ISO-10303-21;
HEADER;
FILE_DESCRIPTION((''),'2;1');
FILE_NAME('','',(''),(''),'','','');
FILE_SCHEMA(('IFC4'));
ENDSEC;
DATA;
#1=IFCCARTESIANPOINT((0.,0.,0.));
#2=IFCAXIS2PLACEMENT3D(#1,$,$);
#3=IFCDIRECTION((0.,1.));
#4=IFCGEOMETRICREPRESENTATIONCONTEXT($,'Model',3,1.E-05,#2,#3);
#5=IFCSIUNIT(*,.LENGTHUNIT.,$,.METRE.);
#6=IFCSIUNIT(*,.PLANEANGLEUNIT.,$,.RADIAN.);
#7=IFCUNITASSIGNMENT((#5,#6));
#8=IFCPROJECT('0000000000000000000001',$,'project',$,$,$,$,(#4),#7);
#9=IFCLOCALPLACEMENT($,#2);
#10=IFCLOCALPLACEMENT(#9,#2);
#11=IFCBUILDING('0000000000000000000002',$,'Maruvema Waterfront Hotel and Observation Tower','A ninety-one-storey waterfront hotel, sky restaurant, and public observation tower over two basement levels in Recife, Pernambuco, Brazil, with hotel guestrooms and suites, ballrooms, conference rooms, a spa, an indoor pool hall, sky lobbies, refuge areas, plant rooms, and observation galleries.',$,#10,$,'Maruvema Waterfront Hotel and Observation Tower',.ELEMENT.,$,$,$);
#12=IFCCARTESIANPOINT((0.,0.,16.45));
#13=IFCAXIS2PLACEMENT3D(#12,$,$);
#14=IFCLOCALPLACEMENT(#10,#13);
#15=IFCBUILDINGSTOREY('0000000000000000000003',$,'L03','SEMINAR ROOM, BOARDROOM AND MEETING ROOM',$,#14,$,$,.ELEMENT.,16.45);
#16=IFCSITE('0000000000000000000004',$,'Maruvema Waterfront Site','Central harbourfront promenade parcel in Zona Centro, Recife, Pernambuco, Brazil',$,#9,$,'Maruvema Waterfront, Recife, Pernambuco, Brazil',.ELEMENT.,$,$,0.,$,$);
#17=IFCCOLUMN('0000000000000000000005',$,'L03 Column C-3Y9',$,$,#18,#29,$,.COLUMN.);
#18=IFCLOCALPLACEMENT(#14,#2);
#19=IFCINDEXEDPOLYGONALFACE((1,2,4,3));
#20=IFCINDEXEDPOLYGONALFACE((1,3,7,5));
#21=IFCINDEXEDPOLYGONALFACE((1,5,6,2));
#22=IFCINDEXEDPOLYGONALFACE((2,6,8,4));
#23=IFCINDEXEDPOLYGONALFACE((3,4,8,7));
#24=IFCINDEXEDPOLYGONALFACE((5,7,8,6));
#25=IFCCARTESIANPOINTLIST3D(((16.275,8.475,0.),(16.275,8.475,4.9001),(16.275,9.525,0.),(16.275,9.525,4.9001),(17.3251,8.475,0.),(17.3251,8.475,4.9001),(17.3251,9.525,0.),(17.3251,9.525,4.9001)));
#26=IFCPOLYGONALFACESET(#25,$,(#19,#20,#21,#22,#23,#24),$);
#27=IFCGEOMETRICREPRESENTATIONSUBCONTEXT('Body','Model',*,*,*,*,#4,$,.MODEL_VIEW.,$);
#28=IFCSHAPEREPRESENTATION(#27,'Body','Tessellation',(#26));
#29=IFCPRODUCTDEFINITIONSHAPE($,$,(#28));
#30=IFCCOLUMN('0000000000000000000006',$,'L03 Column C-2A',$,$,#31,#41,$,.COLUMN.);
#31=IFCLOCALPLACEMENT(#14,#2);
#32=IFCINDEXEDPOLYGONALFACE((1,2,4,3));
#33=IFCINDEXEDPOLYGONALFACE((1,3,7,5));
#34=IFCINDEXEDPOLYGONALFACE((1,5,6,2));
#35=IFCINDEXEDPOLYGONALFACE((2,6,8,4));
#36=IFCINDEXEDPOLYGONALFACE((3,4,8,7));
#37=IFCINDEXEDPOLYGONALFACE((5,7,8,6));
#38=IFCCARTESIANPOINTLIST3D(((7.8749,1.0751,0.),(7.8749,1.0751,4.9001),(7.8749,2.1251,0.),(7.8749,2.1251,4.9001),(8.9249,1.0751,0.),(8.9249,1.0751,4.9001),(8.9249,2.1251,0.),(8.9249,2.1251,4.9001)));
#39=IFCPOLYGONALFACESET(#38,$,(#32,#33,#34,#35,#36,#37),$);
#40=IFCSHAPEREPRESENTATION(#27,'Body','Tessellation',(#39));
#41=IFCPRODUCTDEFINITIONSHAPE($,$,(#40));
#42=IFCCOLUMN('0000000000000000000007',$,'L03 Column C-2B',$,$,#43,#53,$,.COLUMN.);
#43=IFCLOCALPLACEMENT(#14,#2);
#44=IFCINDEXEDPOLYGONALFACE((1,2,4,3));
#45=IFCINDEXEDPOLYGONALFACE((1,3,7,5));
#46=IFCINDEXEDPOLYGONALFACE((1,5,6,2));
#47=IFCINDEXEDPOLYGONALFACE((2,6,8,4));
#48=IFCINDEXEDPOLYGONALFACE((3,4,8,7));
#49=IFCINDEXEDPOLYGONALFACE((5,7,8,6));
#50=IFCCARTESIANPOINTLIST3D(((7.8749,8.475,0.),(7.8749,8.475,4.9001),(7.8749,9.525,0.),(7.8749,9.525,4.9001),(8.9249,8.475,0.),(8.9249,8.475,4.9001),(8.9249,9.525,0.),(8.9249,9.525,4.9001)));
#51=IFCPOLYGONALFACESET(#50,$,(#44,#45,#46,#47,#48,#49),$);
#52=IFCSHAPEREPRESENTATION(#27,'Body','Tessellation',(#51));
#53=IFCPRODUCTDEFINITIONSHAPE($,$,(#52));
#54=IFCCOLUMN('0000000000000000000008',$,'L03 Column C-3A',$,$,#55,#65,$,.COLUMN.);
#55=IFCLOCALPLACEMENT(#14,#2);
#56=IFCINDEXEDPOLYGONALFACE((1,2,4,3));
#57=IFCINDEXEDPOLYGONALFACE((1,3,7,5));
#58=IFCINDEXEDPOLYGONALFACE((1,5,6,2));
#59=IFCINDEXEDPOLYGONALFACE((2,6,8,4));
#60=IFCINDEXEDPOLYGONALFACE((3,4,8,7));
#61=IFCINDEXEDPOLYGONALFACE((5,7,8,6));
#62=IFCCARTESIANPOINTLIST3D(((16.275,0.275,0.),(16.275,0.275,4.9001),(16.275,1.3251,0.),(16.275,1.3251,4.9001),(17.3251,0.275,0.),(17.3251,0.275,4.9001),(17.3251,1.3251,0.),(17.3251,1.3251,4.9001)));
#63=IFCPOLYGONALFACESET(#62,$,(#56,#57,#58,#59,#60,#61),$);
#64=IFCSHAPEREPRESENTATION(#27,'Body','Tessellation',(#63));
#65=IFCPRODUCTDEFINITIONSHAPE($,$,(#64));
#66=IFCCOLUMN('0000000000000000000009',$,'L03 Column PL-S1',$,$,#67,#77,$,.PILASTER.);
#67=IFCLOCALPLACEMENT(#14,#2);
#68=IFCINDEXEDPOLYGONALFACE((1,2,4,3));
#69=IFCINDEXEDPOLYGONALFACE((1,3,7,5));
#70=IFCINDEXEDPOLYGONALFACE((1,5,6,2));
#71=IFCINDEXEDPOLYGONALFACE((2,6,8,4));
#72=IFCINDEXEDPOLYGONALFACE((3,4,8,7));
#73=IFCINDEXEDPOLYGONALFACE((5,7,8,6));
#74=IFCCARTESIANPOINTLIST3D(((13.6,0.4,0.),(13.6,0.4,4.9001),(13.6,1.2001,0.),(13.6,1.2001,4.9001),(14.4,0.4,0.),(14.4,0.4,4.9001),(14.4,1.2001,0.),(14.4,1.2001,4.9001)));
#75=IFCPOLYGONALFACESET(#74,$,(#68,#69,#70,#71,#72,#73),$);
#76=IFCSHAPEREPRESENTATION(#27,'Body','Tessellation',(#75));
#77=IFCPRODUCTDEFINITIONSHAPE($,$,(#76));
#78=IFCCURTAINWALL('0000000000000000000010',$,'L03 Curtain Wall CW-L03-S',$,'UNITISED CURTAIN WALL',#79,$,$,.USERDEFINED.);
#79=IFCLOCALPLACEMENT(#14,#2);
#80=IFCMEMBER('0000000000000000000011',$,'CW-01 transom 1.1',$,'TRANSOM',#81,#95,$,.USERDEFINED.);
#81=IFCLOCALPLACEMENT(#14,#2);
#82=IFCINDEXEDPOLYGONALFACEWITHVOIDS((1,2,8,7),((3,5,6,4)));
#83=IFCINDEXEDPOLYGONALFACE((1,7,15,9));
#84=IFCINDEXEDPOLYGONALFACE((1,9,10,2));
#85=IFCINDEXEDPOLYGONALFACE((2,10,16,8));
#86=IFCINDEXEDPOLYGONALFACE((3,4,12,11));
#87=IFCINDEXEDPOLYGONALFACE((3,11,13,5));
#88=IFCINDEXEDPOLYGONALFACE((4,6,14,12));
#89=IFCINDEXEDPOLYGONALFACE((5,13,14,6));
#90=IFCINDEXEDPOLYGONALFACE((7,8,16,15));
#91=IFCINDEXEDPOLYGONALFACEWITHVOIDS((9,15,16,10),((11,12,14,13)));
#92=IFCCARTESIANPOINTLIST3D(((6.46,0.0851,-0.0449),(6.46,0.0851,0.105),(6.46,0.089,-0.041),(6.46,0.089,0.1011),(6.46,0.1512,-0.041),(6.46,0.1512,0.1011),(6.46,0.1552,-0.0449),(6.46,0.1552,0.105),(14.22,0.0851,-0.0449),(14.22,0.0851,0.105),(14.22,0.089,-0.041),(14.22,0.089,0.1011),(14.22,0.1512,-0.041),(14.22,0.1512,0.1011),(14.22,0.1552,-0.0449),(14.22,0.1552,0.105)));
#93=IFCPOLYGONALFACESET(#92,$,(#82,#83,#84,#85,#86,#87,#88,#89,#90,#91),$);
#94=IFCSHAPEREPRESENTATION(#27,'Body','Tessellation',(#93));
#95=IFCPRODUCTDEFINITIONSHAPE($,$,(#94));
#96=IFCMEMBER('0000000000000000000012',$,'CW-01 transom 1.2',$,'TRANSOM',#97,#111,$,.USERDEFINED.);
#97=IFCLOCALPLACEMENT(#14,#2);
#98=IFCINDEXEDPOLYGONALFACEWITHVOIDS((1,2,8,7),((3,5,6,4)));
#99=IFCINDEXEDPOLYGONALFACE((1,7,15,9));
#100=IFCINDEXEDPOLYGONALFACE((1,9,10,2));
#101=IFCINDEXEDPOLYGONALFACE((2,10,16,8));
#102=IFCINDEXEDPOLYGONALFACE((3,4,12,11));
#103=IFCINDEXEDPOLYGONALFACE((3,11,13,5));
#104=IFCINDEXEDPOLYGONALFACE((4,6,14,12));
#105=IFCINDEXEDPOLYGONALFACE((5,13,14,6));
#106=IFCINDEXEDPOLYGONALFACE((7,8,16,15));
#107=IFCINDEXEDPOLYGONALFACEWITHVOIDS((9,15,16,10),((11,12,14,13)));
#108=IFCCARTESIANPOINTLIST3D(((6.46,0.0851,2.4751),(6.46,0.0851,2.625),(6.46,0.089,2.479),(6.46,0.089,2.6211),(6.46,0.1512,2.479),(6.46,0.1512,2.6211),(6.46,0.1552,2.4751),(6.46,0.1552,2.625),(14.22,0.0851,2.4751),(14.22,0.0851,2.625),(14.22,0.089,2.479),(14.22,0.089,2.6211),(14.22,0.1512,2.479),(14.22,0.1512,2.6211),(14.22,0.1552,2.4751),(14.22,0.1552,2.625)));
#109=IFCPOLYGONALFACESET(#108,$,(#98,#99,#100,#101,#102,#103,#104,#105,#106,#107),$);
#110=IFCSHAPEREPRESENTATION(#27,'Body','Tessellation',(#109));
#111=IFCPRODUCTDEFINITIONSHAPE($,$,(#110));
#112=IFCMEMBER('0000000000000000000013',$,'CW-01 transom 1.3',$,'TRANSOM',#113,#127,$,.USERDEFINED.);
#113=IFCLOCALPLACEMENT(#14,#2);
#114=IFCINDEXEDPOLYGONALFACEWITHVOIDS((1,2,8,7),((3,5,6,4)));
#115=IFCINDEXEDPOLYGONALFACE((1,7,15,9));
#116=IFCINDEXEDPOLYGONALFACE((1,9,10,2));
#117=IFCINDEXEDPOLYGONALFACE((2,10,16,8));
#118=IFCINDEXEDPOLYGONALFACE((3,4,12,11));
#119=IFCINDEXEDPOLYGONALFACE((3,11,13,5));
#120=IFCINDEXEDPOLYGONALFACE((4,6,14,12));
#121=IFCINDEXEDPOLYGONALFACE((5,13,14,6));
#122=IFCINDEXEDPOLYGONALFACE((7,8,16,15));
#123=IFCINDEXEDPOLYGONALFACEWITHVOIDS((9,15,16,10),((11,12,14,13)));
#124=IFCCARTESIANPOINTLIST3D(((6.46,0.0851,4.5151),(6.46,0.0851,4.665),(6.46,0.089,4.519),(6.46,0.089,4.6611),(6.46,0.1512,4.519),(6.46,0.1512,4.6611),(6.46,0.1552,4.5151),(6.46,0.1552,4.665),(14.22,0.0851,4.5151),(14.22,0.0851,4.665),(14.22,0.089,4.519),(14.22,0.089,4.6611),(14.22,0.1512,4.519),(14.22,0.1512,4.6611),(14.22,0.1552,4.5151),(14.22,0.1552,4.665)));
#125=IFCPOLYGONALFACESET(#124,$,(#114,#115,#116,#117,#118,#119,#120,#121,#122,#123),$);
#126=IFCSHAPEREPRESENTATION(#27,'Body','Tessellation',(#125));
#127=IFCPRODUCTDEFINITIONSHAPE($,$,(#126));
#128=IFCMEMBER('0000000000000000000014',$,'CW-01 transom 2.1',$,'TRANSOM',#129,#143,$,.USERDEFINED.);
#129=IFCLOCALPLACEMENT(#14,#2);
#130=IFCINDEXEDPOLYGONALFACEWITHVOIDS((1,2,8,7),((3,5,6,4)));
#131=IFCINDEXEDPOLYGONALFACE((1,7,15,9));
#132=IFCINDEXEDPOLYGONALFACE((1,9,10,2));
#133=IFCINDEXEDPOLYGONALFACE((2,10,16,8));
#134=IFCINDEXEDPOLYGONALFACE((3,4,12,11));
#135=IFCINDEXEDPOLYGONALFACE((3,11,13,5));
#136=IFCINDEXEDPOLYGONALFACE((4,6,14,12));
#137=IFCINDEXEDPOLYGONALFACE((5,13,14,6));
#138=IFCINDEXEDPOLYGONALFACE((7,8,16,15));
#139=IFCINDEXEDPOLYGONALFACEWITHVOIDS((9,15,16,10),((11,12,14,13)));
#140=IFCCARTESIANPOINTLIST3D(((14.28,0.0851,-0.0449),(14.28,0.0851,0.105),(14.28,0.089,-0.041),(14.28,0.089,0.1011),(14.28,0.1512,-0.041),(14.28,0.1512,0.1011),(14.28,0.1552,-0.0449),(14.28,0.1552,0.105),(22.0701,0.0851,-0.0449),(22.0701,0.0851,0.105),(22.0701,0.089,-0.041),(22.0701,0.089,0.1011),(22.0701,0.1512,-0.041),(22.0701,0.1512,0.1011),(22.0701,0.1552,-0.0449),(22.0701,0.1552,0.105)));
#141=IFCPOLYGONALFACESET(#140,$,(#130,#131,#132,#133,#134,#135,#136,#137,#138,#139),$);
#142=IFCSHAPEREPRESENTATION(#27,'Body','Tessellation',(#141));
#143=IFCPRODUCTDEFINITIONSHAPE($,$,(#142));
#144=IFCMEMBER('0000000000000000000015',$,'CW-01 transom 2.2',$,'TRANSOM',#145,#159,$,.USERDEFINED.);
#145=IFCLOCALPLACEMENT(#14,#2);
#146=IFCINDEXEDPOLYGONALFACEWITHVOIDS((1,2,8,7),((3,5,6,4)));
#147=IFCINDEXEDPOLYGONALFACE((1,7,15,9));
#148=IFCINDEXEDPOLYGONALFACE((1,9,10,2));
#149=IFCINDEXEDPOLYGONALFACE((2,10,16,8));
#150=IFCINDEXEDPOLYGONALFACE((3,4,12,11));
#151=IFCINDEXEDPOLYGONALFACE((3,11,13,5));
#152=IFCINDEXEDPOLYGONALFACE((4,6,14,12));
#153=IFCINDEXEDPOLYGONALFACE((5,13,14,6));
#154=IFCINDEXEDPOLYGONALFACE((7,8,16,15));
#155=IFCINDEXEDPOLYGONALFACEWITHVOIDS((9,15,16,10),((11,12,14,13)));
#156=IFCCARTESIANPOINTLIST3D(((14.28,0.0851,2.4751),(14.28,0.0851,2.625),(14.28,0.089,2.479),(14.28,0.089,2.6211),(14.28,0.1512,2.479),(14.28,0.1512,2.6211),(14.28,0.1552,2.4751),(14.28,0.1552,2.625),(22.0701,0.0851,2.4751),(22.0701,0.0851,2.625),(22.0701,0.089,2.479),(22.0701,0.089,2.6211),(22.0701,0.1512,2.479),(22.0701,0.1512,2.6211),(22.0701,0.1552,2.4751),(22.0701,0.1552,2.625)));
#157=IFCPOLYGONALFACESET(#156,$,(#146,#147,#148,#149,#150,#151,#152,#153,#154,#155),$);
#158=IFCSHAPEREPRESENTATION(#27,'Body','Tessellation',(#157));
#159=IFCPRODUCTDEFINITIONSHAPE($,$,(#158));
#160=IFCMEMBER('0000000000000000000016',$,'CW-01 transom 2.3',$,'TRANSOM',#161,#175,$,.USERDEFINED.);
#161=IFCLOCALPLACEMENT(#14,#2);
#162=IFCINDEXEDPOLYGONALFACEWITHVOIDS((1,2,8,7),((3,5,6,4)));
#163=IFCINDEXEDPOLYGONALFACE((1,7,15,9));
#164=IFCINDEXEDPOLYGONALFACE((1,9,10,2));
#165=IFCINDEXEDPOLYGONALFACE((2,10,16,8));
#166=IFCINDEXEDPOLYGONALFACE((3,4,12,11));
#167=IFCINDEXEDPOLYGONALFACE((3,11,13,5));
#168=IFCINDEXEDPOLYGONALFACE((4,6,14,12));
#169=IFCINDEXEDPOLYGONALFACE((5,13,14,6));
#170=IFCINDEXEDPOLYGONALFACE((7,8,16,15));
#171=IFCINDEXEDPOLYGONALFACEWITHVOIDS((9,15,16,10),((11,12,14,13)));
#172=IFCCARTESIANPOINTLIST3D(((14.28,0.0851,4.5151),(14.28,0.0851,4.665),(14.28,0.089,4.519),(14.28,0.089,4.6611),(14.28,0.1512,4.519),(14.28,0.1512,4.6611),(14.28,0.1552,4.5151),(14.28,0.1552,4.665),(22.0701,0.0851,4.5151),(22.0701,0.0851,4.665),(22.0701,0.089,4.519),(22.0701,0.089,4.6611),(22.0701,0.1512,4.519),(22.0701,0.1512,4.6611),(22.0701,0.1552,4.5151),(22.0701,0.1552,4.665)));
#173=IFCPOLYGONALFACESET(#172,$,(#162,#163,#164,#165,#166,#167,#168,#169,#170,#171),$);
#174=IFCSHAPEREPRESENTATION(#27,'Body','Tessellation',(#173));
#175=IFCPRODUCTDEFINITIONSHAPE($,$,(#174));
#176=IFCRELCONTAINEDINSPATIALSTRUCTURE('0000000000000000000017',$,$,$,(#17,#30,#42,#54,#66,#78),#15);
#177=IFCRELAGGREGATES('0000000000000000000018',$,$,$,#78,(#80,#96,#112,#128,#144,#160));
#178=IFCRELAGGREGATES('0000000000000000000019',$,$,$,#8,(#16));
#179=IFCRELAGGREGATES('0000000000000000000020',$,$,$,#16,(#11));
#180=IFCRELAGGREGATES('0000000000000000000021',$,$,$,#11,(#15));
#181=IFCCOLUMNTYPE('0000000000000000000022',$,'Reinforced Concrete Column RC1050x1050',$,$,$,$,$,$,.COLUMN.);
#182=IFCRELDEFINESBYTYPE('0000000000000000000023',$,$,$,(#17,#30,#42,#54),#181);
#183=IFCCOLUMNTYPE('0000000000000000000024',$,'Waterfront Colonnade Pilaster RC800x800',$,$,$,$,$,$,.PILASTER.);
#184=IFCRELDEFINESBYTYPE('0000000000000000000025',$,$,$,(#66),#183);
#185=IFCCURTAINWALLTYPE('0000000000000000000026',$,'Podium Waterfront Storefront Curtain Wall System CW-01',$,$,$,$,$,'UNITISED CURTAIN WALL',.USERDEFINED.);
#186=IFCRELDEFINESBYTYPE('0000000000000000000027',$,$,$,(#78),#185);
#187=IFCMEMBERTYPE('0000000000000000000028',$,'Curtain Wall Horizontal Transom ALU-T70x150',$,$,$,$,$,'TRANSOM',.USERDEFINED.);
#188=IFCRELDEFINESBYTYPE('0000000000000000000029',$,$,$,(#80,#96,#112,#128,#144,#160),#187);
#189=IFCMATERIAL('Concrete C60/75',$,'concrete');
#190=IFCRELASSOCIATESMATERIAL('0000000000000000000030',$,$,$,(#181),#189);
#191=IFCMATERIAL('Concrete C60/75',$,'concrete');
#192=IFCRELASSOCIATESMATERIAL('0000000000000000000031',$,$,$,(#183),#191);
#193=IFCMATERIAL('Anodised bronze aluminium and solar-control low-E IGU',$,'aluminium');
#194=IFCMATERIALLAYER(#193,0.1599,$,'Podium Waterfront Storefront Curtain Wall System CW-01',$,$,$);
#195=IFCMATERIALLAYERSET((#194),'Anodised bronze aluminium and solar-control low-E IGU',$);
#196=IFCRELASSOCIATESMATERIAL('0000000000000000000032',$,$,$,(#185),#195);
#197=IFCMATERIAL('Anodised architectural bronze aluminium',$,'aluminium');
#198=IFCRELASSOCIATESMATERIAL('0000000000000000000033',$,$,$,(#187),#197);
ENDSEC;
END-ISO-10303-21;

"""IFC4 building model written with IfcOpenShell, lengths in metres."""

from ifc_helpers import new_model, si_unit, direction, frame, origin, origin_2d, place, context, subcontext, project, spatial, rectangle, hollow_rectangle, extrude, material, layer, layer_set, material_profile, profile_set, type_object, element, aggregate, save


model = new_model("IFC4")

# Units and contexts
model_context = context("Model", 3, precision=1e-05, world=origin(), true_north=direction((0.0, 1.0)))
body_context = subcontext(model_context, "Body", "Model", "MODEL_VIEW")
ifc_project = project(units=[si_unit("LENGTHUNIT", "METRE"), si_unit("PLANEANGLEUNIT", "RADIAN")], contexts=[model_context])

# Site, building, storey
site_placement = place(None, origin())
site = spatial("IfcSite", under=ifc_project, at=site_placement, Name="Maruvema Waterfront Site", Description="Central harbourfront promenade parcel in Zona Centro, Recife, Pernambuco, Brazil", LongName="Maruvema Waterfront, Recife, Pernambuco, Brazil", CompositionType="ELEMENT", RefElevation=0.0)
building_placement = place(site_placement, origin())
building = spatial("IfcBuilding", under=site, at=building_placement, Name="Maruvema Waterfront Hotel and Observation Tower", Description="A ninety-one-storey waterfront hotel, sky restaurant, and public observation tower over two basement levels in Recife, Pernambuco, Brazil, with hotel guestrooms and suites, ballrooms, conference rooms, a spa, an indoor pool hall, sky lobbies, refuge areas, plant rooms, and observation galleries.", LongName="Maruvema Waterfront Hotel and Observation Tower", CompositionType="ELEMENT")
storey_placement = place(building_placement, frame((0.0, 0.0, 16.45)))
storey = spatial("IfcBuildingStorey", under=building, at=storey_placement, Name="L03", Description="SEMINAR ROOM, BOARDROOM AND MEETING ROOM", CompositionType="ELEMENT", Elevation=16.45)

# Columns
ifc_material_1 = material(Name="Concrete C60/75", Category="concrete")
ifc_material_profile_1 = material_profile(ifc_material_1, rectangle(XDim=1.05, YDim=1.05, at=origin_2d()), Name="RC1050x1050")
ifc_profile_set_1 = profile_set([ifc_material_profile_1], Name="Concrete C60/75")
column_type_1 = type_object("IfcColumnType", Name="Reinforced Concrete Column RC1050x1050", PredefinedType="COLUMN", material=ifc_profile_set_1)
for number, where, z_axis, x_axis, name in (
    (1, (16.8, 9.0, 0.0), (0.0, 0.0, 1.0), (1.0, 0.0, 0.0), "L03 Column C-3Y9"),
    (2, (8.3999, 1.6001, 0.0), (0.0, 0.0, 1.0), (1.0, 0.0, 0.0), "L03 Column C-2A"),
    (3, (8.3999, 9.0, 0.0), (0.0, 0.0, 1.0), (1.0, 0.0, 0.0), "L03 Column C-2B"),
    (4, (16.8, 0.8, 0.0), (0.0, 0.0, 1.0), (1.0, 0.0, 0.0), "L03 Column C-3A"),
):
    element("IfcColumn", number, at=place(storey_placement, frame(where, z_axis=z_axis, x_axis=x_axis)), inside=storey, type_object=column_type_1, Name=name, PredefinedType="COLUMN", context=body_context, shape_type="SweptSolid", body=[
        extrude(rectangle(XDim=1.05, YDim=1.05, at=origin_2d()), origin(), (0.0, 0.0, 1.0), 4.9001),
    ])
ifc_material_2 = material(Name="Concrete C60/75", Category="concrete")
ifc_material_profile_2 = material_profile(ifc_material_2, rectangle(XDim=0.8, YDim=0.8, at=origin_2d()), Name="RC800x800")
ifc_profile_set_2 = profile_set([ifc_material_profile_2], Name="Concrete C60/75")
column_type_2 = type_object("IfcColumnType", Name="Waterfront Colonnade Pilaster RC800x800", PredefinedType="PILASTER", material=ifc_profile_set_2)
column_placement = place(storey_placement, frame((14.0, 0.8, 0.0), z_axis=(0.0, 0.0, 1.0), x_axis=(1.0, 0.0, 0.0)))
element("IfcColumn", 5, at=column_placement, inside=storey, type_object=column_type_2, Name="L03 Column PL-S1", PredefinedType="PILASTER", context=body_context, shape_type="SweptSolid", body=[
    extrude(rectangle(XDim=0.8, YDim=0.8, at=origin_2d()), origin(), (0.0, 0.0, 1.0), 4.9001),
])

# Curtain wall, members
ifc_material_3 = material(Name="Anodised bronze aluminium and solar-control low-E IGU", Category="aluminium")
ifc_layer_1 = layer(ifc_material_3, 0.1599, Name="Podium Waterfront Storefront Curtain Wall System CW-01")
ifc_layer_set_1 = layer_set([ifc_layer_1], Name="Anodised bronze aluminium and solar-control low-E IGU")
curtain_wall_type = type_object("IfcCurtainWallType", Name="Podium Waterfront Storefront Curtain Wall System CW-01", ElementType="UNITISED CURTAIN WALL", PredefinedType="USERDEFINED", material=ifc_layer_set_1)
curtain_wall_1_placement = place(storey_placement, origin())
curtain_wall_1 = element("IfcCurtainWall", 6, at=curtain_wall_1_placement, inside=storey, type_object=curtain_wall_type, Name="L03 Curtain Wall CW-L03-S", ObjectType="UNITISED CURTAIN WALL", PredefinedType="USERDEFINED")
ifc_material_4 = material(Name="Anodised architectural bronze aluminium", Category="aluminium")
ifc_material_profile_3 = material_profile(ifc_material_4, hollow_rectangle(XDim=0.0701, YDim=0.1499, WallThickness=0.0039, at=origin_2d()), Name="ALU-T70x150")
ifc_profile_set_3 = profile_set([ifc_material_profile_3], Name="Anodised architectural bronze aluminium")
member_type_1 = type_object("IfcMemberType", Name="Curtain Wall Horizontal Transom ALU-T70x150", ElementType="TRANSOM", PredefinedType="USERDEFINED", material=ifc_profile_set_3)
member_1_placement = place(storey_placement, frame((6.46, 0.1201, 0.03), z_axis=(1.0, 0.0, 0.0), x_axis=(0.0, 1.0, 0.0)))
member_1 = element("IfcMember", 7, at=member_1_placement, type_object=member_type_1, Name="CW-01 transom 1.1", ObjectType="TRANSOM", PredefinedType="USERDEFINED", context=body_context, shape_type="SweptSolid", body=[
    extrude(hollow_rectangle(XDim=0.0701, YDim=0.1499, WallThickness=0.0039, at=origin_2d()), origin(), (0.0, 0.0, 1.0), 7.76),
])
member_2_placement = place(storey_placement, frame((6.46, 0.1201, 2.55), z_axis=(1.0, 0.0, 0.0), x_axis=(0.0, 1.0, 0.0)))
member_2 = element("IfcMember", 8, at=member_2_placement, type_object=member_type_1, Name="CW-01 transom 1.2", ObjectType="TRANSOM", PredefinedType="USERDEFINED", context=body_context, shape_type="SweptSolid", body=[
    extrude(hollow_rectangle(XDim=0.0701, YDim=0.1499, WallThickness=0.0039, at=origin_2d()), origin(), (0.0, 0.0, 1.0), 7.76),
])
member_3_placement = place(storey_placement, frame((6.46, 0.1201, 4.5901), z_axis=(1.0, 0.0, 0.0), x_axis=(0.0, 1.0, 0.0)))
member_3 = element("IfcMember", 9, at=member_3_placement, type_object=member_type_1, Name="CW-01 transom 1.3", ObjectType="TRANSOM", PredefinedType="USERDEFINED", context=body_context, shape_type="SweptSolid", body=[
    extrude(hollow_rectangle(XDim=0.0701, YDim=0.1499, WallThickness=0.0039, at=origin_2d()), origin(), (0.0, 0.0, 1.0), 7.76),
])
member_4_placement = place(storey_placement, frame((14.28, 0.1201, 0.03), z_axis=(1.0, 0.0, 0.0), x_axis=(0.0, 1.0, 0.0)))
member_4 = element("IfcMember", 10, at=member_4_placement, type_object=member_type_1, Name="CW-01 transom 2.1", ObjectType="TRANSOM", PredefinedType="USERDEFINED", context=body_context, shape_type="SweptSolid", body=[
    extrude(hollow_rectangle(XDim=0.0701, YDim=0.1499, WallThickness=0.0039, at=origin_2d()), origin(), (0.0, 0.0, 1.0), 7.79),
])
member_5_placement = place(storey_placement, frame((14.28, 0.1201, 2.55), z_axis=(1.0, 0.0, 0.0), x_axis=(0.0, 1.0, 0.0)))
member_5 = element("IfcMember", 11, at=member_5_placement, type_object=member_type_1, Name="CW-01 transom 2.2", ObjectType="TRANSOM", PredefinedType="USERDEFINED", context=body_context, shape_type="SweptSolid", body=[
    extrude(hollow_rectangle(XDim=0.0701, YDim=0.1499, WallThickness=0.0039, at=origin_2d()), origin(), (0.0, 0.0, 1.0), 7.79),
])
member_6_placement = place(storey_placement, frame((14.28, 0.1201, 4.5901), z_axis=(1.0, 0.0, 0.0), x_axis=(0.0, 1.0, 0.0)))
member_6 = element("IfcMember", 12, at=member_6_placement, type_object=member_type_1, Name="CW-01 transom 2.3", ObjectType="TRANSOM", PredefinedType="USERDEFINED", context=body_context, shape_type="SweptSolid", body=[
    extrude(hollow_rectangle(XDim=0.0701, YDim=0.1499, WallThickness=0.0039, at=origin_2d()), origin(), (0.0, 0.0, 1.0), 7.79),
])

aggregate(curtain_wall_1, [member_1, member_2, member_3, member_4, member_5, member_6])

save(model, "model.ifc")
